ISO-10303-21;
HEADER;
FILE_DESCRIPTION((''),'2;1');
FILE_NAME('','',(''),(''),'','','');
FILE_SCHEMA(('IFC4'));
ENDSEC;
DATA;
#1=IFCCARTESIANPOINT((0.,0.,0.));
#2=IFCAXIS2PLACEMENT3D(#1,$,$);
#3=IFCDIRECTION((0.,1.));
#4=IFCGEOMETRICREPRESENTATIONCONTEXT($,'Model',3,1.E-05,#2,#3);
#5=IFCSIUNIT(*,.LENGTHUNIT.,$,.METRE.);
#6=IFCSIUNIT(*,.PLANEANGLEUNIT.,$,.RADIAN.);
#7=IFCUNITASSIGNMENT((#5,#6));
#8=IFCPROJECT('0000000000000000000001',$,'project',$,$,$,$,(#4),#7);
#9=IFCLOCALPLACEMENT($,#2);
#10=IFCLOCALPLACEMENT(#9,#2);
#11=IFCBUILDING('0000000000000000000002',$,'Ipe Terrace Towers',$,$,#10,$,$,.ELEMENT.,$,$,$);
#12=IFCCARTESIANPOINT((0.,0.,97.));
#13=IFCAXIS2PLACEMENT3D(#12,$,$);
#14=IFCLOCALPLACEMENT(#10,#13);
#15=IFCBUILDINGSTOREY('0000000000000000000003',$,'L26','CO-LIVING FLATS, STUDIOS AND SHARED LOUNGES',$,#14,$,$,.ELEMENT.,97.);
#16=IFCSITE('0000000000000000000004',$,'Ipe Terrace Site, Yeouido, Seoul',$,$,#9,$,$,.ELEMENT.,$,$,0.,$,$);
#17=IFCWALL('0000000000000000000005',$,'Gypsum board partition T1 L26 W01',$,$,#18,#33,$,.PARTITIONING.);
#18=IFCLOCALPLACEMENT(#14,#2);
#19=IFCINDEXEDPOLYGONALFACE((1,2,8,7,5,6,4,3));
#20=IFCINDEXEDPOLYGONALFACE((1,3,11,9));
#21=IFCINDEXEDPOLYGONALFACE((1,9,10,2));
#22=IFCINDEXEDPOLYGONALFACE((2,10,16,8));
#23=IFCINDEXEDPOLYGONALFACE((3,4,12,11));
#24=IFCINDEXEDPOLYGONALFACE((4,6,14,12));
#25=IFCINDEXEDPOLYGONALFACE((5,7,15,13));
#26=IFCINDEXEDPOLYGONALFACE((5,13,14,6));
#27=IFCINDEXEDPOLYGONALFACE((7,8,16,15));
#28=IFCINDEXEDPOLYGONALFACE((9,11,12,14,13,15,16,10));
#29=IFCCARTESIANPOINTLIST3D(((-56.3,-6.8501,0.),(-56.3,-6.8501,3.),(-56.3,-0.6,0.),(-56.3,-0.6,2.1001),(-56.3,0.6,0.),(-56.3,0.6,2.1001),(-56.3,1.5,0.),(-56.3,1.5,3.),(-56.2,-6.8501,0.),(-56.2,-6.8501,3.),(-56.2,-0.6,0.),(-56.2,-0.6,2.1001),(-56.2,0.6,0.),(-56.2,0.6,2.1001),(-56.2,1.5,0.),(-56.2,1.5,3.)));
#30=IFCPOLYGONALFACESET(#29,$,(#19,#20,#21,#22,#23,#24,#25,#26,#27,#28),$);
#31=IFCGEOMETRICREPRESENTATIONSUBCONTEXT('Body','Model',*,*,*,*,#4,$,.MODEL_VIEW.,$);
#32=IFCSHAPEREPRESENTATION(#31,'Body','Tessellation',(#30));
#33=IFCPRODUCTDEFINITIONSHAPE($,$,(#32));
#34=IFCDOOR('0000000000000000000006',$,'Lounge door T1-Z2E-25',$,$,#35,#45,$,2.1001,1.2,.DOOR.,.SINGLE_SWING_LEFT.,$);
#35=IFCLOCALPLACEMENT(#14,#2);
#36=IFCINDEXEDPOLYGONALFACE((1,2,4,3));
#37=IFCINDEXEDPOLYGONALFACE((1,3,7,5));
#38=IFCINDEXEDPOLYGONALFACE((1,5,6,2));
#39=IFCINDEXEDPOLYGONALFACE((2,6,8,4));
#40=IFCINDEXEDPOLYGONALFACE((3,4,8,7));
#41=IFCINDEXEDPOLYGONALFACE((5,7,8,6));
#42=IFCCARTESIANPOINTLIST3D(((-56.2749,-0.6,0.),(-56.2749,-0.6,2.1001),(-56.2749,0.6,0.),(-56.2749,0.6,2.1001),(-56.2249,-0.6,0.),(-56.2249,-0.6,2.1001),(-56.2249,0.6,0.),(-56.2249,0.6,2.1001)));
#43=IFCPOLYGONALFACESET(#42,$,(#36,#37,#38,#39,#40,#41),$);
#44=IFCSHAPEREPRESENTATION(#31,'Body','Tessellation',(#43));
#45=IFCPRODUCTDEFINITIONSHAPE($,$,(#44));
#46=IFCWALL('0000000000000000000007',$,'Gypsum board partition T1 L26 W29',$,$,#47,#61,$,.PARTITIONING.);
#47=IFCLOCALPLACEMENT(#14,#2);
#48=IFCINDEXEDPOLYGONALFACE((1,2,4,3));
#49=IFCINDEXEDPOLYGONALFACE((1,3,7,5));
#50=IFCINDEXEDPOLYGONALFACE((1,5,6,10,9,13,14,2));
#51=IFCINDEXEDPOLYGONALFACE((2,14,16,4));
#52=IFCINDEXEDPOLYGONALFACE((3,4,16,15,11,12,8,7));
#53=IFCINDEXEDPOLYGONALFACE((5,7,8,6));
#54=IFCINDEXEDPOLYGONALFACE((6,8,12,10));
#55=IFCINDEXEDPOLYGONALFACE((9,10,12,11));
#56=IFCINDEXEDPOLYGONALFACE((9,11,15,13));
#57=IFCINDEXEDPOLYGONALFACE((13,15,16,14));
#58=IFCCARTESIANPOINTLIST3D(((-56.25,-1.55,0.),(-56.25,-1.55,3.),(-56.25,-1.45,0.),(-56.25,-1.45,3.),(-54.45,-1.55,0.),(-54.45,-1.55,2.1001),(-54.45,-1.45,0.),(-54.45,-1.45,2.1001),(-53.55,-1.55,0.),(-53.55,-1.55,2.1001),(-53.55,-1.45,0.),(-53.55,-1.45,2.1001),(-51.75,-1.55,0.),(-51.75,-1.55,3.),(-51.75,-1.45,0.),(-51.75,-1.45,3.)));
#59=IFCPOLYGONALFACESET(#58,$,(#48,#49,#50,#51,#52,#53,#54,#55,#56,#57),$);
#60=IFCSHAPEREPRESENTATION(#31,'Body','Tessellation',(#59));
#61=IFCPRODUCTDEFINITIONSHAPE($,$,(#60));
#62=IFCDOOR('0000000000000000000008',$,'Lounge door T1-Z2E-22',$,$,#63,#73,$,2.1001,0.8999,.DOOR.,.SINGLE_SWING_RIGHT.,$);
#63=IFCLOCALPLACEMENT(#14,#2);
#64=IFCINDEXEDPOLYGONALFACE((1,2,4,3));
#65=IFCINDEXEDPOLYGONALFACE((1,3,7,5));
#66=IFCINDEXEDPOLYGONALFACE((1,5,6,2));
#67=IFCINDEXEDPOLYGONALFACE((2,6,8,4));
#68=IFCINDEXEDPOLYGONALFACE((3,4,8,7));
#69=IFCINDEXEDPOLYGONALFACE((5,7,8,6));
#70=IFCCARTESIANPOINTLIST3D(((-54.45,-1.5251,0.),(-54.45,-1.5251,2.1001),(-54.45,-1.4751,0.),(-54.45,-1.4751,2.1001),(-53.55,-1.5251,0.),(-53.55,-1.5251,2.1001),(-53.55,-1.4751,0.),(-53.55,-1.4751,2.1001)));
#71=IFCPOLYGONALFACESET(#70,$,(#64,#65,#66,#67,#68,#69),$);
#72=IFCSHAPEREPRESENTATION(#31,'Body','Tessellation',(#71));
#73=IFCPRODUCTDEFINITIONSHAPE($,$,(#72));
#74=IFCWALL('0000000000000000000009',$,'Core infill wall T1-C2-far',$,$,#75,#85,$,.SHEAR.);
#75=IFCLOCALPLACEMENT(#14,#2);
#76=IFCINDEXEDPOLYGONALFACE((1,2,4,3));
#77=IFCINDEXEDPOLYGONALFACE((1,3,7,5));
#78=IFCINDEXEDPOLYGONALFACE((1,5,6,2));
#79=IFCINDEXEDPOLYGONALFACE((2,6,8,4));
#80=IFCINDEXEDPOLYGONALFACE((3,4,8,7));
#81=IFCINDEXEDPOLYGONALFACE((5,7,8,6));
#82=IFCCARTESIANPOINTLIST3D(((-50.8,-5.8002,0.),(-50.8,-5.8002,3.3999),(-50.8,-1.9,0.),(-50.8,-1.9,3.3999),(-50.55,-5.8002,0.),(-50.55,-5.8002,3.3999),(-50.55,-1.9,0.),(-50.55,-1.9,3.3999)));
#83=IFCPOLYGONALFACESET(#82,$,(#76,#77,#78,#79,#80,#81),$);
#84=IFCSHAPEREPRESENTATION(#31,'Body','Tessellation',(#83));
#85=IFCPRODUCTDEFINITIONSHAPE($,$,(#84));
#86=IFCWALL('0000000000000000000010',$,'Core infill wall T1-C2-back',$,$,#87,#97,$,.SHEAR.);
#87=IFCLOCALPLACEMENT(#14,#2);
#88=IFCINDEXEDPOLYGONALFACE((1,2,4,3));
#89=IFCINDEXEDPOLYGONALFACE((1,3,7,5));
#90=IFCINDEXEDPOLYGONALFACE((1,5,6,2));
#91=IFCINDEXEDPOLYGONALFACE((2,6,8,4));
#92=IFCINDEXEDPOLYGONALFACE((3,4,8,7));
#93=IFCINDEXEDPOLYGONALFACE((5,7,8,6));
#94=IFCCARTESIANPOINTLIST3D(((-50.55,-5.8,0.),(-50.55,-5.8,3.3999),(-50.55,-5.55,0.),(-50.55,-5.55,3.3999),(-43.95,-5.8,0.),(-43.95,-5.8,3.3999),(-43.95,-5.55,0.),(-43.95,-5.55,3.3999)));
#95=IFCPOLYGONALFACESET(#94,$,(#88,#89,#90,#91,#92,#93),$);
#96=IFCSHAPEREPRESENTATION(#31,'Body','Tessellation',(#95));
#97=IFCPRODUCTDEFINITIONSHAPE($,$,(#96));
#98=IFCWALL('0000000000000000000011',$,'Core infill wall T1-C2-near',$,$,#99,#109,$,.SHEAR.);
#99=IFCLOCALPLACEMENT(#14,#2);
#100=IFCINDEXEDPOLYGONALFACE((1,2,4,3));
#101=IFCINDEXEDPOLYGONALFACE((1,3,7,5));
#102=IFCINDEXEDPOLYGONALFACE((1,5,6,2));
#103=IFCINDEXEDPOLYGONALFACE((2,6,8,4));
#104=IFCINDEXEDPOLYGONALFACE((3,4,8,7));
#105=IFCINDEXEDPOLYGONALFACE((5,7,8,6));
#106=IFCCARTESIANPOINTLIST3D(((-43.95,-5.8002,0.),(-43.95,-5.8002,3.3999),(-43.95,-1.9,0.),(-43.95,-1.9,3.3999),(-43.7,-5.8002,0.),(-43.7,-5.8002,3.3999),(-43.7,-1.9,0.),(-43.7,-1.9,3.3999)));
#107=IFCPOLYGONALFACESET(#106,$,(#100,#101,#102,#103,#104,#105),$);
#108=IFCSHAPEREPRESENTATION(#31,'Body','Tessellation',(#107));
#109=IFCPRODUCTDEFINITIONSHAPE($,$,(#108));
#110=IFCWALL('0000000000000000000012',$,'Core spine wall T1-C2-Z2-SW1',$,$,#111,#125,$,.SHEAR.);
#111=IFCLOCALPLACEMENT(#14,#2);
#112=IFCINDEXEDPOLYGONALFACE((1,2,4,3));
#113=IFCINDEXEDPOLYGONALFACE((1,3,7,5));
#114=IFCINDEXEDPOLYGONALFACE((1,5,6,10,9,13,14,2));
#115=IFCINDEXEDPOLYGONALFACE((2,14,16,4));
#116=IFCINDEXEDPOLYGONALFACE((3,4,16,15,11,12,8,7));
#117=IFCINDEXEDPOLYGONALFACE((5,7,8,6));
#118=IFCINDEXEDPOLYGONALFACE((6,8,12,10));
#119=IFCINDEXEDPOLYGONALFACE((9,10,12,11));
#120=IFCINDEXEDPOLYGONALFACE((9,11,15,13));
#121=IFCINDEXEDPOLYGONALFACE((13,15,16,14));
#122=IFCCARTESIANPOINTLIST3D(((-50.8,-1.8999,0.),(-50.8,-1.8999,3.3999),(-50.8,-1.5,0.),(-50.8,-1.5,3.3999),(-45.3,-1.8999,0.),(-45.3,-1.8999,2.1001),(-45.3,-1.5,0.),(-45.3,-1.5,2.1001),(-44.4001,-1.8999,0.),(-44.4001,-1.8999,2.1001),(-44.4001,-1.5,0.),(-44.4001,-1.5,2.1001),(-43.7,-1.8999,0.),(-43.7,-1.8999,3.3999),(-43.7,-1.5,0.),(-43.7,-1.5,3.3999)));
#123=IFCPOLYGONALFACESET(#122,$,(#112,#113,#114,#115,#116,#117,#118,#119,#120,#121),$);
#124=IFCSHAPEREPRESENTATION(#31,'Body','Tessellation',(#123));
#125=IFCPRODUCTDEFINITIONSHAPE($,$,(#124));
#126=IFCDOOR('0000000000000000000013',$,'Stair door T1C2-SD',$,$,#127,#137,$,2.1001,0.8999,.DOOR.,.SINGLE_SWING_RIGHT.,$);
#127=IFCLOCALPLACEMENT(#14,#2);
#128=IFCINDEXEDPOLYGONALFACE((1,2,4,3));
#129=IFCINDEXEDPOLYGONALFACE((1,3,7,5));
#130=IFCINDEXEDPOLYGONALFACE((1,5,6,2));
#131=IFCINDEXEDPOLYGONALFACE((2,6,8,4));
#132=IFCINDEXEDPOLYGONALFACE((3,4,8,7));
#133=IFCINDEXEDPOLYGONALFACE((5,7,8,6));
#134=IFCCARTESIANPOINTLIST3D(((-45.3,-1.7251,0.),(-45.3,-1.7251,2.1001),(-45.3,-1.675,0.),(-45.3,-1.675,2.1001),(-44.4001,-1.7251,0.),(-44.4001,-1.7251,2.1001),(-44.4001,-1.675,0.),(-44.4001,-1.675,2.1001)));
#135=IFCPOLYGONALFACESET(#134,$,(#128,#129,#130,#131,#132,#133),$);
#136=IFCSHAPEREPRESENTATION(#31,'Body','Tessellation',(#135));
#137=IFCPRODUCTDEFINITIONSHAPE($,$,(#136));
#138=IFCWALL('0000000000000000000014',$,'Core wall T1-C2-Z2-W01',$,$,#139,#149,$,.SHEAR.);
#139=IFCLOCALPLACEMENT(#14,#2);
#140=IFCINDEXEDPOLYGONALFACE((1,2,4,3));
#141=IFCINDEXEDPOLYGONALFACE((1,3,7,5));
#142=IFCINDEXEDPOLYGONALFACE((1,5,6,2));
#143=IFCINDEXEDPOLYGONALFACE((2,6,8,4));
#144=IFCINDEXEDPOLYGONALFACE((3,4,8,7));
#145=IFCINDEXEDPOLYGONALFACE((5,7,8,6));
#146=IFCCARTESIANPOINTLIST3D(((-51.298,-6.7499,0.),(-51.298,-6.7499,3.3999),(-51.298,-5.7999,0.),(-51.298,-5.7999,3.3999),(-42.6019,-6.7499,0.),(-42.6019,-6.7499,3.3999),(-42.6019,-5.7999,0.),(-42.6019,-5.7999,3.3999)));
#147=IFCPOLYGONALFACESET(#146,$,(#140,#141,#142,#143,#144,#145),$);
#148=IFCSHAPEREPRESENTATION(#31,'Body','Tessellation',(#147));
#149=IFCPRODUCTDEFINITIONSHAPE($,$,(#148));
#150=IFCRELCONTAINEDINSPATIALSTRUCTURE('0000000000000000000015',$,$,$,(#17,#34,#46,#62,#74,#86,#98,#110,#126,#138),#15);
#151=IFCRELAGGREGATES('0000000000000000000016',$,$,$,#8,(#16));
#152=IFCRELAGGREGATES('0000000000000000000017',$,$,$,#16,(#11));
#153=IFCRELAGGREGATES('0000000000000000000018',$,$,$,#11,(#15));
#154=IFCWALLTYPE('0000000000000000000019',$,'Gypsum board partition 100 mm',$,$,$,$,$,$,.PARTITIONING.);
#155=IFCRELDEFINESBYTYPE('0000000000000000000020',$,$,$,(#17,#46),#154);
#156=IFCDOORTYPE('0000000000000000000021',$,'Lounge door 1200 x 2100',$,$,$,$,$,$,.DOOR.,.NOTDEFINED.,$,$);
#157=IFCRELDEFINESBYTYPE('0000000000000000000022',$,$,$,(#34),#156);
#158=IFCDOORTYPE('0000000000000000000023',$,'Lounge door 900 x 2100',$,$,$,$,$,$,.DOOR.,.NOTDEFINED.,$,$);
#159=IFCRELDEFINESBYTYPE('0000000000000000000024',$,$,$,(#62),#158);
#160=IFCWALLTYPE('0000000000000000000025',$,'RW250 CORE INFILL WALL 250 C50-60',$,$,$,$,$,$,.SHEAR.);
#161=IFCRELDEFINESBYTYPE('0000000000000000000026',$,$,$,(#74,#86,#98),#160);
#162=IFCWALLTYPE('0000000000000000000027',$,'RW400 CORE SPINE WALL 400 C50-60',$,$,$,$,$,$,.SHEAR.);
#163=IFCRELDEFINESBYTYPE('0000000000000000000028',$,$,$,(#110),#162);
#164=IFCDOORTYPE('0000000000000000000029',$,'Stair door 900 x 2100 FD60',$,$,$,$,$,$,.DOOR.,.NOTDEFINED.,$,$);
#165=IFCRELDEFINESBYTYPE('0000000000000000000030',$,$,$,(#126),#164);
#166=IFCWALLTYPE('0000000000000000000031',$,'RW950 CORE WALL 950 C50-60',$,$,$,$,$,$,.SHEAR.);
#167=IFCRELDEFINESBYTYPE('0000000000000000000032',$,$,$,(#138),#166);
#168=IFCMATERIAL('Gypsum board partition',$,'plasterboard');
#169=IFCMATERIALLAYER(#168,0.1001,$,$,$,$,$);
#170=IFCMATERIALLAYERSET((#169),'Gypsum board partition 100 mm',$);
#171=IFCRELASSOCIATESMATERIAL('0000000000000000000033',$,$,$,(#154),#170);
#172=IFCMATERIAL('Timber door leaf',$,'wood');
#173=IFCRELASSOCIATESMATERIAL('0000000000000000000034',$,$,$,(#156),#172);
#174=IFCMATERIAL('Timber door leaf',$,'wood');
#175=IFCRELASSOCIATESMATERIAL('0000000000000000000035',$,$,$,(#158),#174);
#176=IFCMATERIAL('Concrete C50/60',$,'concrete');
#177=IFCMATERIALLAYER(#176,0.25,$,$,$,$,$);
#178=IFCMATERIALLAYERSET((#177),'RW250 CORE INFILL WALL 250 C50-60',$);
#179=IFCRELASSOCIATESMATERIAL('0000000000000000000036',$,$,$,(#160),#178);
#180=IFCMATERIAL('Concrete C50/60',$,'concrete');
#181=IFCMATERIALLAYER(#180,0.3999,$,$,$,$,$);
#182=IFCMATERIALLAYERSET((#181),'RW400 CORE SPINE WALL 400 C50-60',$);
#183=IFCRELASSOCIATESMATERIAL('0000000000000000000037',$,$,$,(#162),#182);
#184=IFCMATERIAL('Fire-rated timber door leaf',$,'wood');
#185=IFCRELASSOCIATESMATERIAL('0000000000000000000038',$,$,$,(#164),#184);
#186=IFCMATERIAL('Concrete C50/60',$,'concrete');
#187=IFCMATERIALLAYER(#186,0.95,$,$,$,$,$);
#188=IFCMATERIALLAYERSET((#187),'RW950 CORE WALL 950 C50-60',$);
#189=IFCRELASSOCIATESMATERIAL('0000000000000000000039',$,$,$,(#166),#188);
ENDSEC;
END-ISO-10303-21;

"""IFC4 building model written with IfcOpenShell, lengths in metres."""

from ifc_helpers import new_model, si_unit, direction, frame, frame_2d, origin, place, context, subcontext, project, spatial, rectangle, extrude, material, layer, layer_set, type_object, element, fill, save


model = new_model("IFC4")

# Units and contexts
model_context = context("Model", 3, precision=1e-05, world=origin(), true_north=direction((0.0, 1.0)))
body_context = subcontext(model_context, "Body", "Model", "MODEL_VIEW")
ifc_project = project(units=[si_unit("LENGTHUNIT", "METRE"), si_unit("PLANEANGLEUNIT", "RADIAN")], contexts=[model_context])

# Site, building, storey
site_placement = place(None, origin())
site = spatial("IfcSite", under=ifc_project, at=site_placement, Name="Ipe Terrace Site, Yeouido, Seoul", CompositionType="ELEMENT", RefElevation=0.0)
building_placement = place(site_placement, origin())
building = spatial("IfcBuilding", under=site, at=building_placement, Name="Ipe Terrace Towers", CompositionType="ELEMENT")
storey_placement = place(building_placement, frame((0.0, 0.0, 97.0)))
storey = spatial("IfcBuildingStorey", under=building, at=storey_placement, Name="L26", Description="CO-LIVING FLATS, STUDIOS AND SHARED LOUNGES", CompositionType="ELEMENT", Elevation=97.0)

# Walls, openings, doors
ifc_material_1 = material(Name="Gypsum board partition", Category="plasterboard")
ifc_layer_1 = layer(ifc_material_1, 0.1001)
ifc_layer_set_1 = layer_set([ifc_layer_1], Name="Gypsum board partition 100 mm")
wall_type_1 = type_object("IfcWallType", Name="Gypsum board partition 100 mm", PredefinedType="PARTITIONING", material=ifc_layer_set_1)
wall_1_placement = place(storey_placement, frame((-56.25, -6.8501, 0.0), z_axis=(0.0, 0.0, 1.0), x_axis=(0.0, 1.0, 0.0)))
wall_1 = element("IfcWall", 1, at=wall_1_placement, inside=storey, type_object=wall_type_1, Name="Gypsum board partition T1 L26 W01", PredefinedType="PARTITIONING", context=body_context, shape_type="SweptSolid", body=[
    extrude(rectangle(XDim=8.3501, YDim=0.1001, at=frame_2d((4.175, 0.0))), origin(), (0.0, 0.0, 1.0), 3.0),
])
opening_1_placement = place(wall_1_placement, frame((6.25, 0.0, 0.0)))
opening_1 = element("IfcOpeningElement", 2, at=opening_1_placement, cuts=wall_1, PredefinedType="OPENING", context=body_context, shape_type="SweptSolid", body=[
    extrude(rectangle(XDim=1.2, YDim=2.1001, at=frame_2d((0.6001, 1.05))), frame((0.0, 0.0601, 0.0), z_axis=(0.0, -1.0, 0.0), x_axis=(1.0, 0.0, 0.0)), (0.0, 0.0, 1.0), 0.1201),
])
ifc_material_2 = material(Name="Timber door leaf", Category="wood")
door_type_1 = type_object("IfcDoorType", Name="Lounge door 1200 x 2100", OperationType="NOTDEFINED", PredefinedType="DOOR", material=ifc_material_2)
door_1_placement = place(opening_1_placement, origin())
door_1 = element("IfcDoor", 3, at=door_1_placement, inside=storey, type_object=door_type_1, Name="Lounge door T1-Z2E-25", OperationType="SINGLE_SWING_LEFT", OverallHeight=2.1001, OverallWidth=1.2, PredefinedType="DOOR", context=body_context, shape_type="SweptSolid", body=[
    extrude(rectangle(XDim=1.2, YDim=2.1001, at=frame_2d((0.6001, 1.05))), frame((0.0, 0.0249, 0.0), z_axis=(0.0, -1.0, 0.0), x_axis=(1.0, 0.0, 0.0)), (0.0, 0.0, 1.0), 0.05),
])
fill(opening_1, door_1)
wall_2_placement = place(storey_placement, frame((-56.25, -1.5, 0.0), z_axis=(0.0, 0.0, 1.0), x_axis=(1.0, 0.0, 0.0)))
wall_2 = element("IfcWall", 4, at=wall_2_placement, inside=storey, type_object=wall_type_1, Name="Gypsum board partition T1 L26 W29", PredefinedType="PARTITIONING", context=body_context, shape_type="SweptSolid", body=[
    extrude(rectangle(XDim=4.5, YDim=0.1001, at=frame_2d((2.25, 0.0))), origin(), (0.0, 0.0, 1.0), 3.0),
])
opening_2_placement = place(wall_2_placement, frame((1.8, 0.0, 0.0)))
opening_2 = element("IfcOpeningElement", 5, at=opening_2_placement, cuts=wall_2, PredefinedType="OPENING", context=body_context, shape_type="SweptSolid", body=[
    extrude(rectangle(XDim=0.8999, YDim=2.1001, at=frame_2d((0.45, 1.05))), frame((0.0, 0.0601, 0.0), z_axis=(0.0, -1.0, 0.0), x_axis=(1.0, 0.0, 0.0)), (0.0, 0.0, 1.0), 0.1201),
])
ifc_material_3 = material(Name="Timber door leaf", Category="wood")
door_type_2 = type_object("IfcDoorType", Name="Lounge door 900 x 2100", OperationType="NOTDEFINED", PredefinedType="DOOR", material=ifc_material_3)
door_2_placement = place(opening_2_placement, origin())
door_2 = element("IfcDoor", 6, at=door_2_placement, inside=storey, type_object=door_type_2, Name="Lounge door T1-Z2E-22", OperationType="SINGLE_SWING_RIGHT", OverallHeight=2.1001, OverallWidth=0.8999, PredefinedType="DOOR", context=body_context, shape_type="SweptSolid", body=[
    extrude(rectangle(XDim=0.8999, YDim=2.1001, at=frame_2d((0.45, 1.05))), frame((0.0, 0.0249, 0.0), z_axis=(0.0, -1.0, 0.0), x_axis=(1.0, 0.0, 0.0)), (0.0, 0.0, 1.0), 0.05),
])
fill(opening_2, door_2)

# Walls
ifc_material_4 = material(Name="Concrete C50/60", Category="concrete")
ifc_layer_2 = layer(ifc_material_4, 0.25)
ifc_layer_set_2 = layer_set([ifc_layer_2], Name="RW250 CORE INFILL WALL 250 C50-60")
wall_type_2 = type_object("IfcWallType", Name="RW250 CORE INFILL WALL 250 C50-60", PredefinedType="SHEAR", material=ifc_layer_set_2)
wall_3_placement = place(storey_placement, frame((-50.675, -1.8999, 0.0), z_axis=(0.0, 0.0, 1.0), x_axis=(0.0, -1.0, 0.0)))
element("IfcWall", 7, at=wall_3_placement, inside=storey, type_object=wall_type_2, Name="Core infill wall T1-C2-far", PredefinedType="SHEAR", context=body_context, shape_type="SweptSolid", body=[
    extrude(rectangle(XDim=3.9001, YDim=0.25, at=frame_2d((1.9502, 0.0))), origin(), (0.0, 0.0, 1.0), 3.3999),
])
wall_4_placement = place(storey_placement, frame((-43.95, -5.675, 0.0), z_axis=(0.0, 0.0, 1.0), x_axis=(-1.0, 0.0, 0.0)))
element("IfcWall", 8, at=wall_4_placement, inside=storey, type_object=wall_type_2, Name="Core infill wall T1-C2-back", PredefinedType="SHEAR", context=body_context, shape_type="SweptSolid", body=[
    extrude(rectangle(XDim=6.6001, YDim=0.25, at=frame_2d((3.3, 0.0))), origin(), (0.0, 0.0, 1.0), 3.3999),
])
wall_5_placement = place(storey_placement, frame((-43.825, -1.8999, 0.0), z_axis=(0.0, 0.0, 1.0), x_axis=(0.0, -1.0, 0.0)))
element("IfcWall", 9, at=wall_5_placement, inside=storey, type_object=wall_type_2, Name="Core infill wall T1-C2-near", PredefinedType="SHEAR", context=body_context, shape_type="SweptSolid", body=[
    extrude(rectangle(XDim=3.9001, YDim=0.25, at=frame_2d((1.9502, 0.0))), origin(), (0.0, 0.0, 1.0), 3.3999),
])

# Wall, opening, door
ifc_material_5 = material(Name="Concrete C50/60", Category="concrete")
ifc_layer_3 = layer(ifc_material_5, 0.3999)
ifc_layer_set_3 = layer_set([ifc_layer_3], Name="RW400 CORE SPINE WALL 400 C50-60")
wall_type_3 = type_object("IfcWallType", Name="RW400 CORE SPINE WALL 400 C50-60", PredefinedType="SHEAR", material=ifc_layer_set_3)
wall_6_placement = place(storey_placement, frame((-50.8, -1.7, 0.0), z_axis=(0.0, 0.0, 1.0), x_axis=(1.0, 0.0, 0.0)))
wall_6 = element("IfcWall", 10, at=wall_6_placement, inside=storey, type_object=wall_type_3, Name="Core spine wall T1-C2-Z2-SW1", PredefinedType="SHEAR", context=body_context, shape_type="SweptSolid", body=[
    extrude(rectangle(XDim=7.1001, YDim=0.3999, at=frame_2d((3.55, 0.0))), origin(), (0.0, 0.0, 1.0), 3.3999),
])
opening_3_placement = place(wall_6_placement, frame((5.5, 0.0, 0.0)))
opening_3 = element("IfcOpeningElement", 11, at=opening_3_placement, cuts=wall_6, PredefinedType="OPENING", context=body_context, shape_type="SweptSolid", body=[
    extrude(rectangle(XDim=0.8999, YDim=2.1001, at=frame_2d((0.45, 1.05))), frame((0.0, 0.21, 0.0), z_axis=(0.0, -1.0, 0.0), x_axis=(1.0, 0.0, 0.0)), (0.0, 0.0, 1.0), 0.4199),
])
ifc_material_6 = material(Name="Fire-rated timber door leaf", Category="wood")
door_type_3 = type_object("IfcDoorType", Name="Stair door 900 x 2100 FD60", OperationType="NOTDEFINED", PredefinedType="DOOR", material=ifc_material_6)
door_3_placement = place(opening_3_placement, origin())
door_3 = element("IfcDoor", 12, at=door_3_placement, inside=storey, type_object=door_type_3, Name="Stair door T1C2-SD", OperationType="SINGLE_SWING_RIGHT", OverallHeight=2.1001, OverallWidth=0.8999, PredefinedType="DOOR", context=body_context, shape_type="SweptSolid", body=[
    extrude(rectangle(XDim=0.8999, YDim=2.1001, at=frame_2d((0.45, 1.05))), frame((0.0, 0.0249, 0.0), z_axis=(0.0, -1.0, 0.0), x_axis=(1.0, 0.0, 0.0)), (0.0, 0.0, 1.0), 0.05),
])
fill(opening_3, door_3)

# Wall
ifc_material_7 = material(Name="Concrete C50/60", Category="concrete")
ifc_layer_4 = layer(ifc_material_7, 0.95)
ifc_layer_set_4 = layer_set([ifc_layer_4], Name="RW950 CORE WALL 950 C50-60")
wall_type_4 = type_object("IfcWallType", Name="RW950 CORE WALL 950 C50-60", PredefinedType="SHEAR", material=ifc_layer_set_4)
wall_7_placement = place(storey_placement, frame((-51.2981, -6.2749, 0.0), z_axis=(0.0, 0.0, 1.0), x_axis=(1.0, 0.0, 0.0)))
element("IfcWall", 13, at=wall_7_placement, inside=storey, type_object=wall_type_4, Name="Core wall T1-C2-Z2-W01", PredefinedType="SHEAR", context=body_context, shape_type="SweptSolid", body=[
    extrude(rectangle(XDim=8.696, YDim=0.95, at=frame_2d((4.3481, 0.0))), origin(), (0.0, 0.0, 1.0), 3.3999),
])

save(model, "model.ifc")
